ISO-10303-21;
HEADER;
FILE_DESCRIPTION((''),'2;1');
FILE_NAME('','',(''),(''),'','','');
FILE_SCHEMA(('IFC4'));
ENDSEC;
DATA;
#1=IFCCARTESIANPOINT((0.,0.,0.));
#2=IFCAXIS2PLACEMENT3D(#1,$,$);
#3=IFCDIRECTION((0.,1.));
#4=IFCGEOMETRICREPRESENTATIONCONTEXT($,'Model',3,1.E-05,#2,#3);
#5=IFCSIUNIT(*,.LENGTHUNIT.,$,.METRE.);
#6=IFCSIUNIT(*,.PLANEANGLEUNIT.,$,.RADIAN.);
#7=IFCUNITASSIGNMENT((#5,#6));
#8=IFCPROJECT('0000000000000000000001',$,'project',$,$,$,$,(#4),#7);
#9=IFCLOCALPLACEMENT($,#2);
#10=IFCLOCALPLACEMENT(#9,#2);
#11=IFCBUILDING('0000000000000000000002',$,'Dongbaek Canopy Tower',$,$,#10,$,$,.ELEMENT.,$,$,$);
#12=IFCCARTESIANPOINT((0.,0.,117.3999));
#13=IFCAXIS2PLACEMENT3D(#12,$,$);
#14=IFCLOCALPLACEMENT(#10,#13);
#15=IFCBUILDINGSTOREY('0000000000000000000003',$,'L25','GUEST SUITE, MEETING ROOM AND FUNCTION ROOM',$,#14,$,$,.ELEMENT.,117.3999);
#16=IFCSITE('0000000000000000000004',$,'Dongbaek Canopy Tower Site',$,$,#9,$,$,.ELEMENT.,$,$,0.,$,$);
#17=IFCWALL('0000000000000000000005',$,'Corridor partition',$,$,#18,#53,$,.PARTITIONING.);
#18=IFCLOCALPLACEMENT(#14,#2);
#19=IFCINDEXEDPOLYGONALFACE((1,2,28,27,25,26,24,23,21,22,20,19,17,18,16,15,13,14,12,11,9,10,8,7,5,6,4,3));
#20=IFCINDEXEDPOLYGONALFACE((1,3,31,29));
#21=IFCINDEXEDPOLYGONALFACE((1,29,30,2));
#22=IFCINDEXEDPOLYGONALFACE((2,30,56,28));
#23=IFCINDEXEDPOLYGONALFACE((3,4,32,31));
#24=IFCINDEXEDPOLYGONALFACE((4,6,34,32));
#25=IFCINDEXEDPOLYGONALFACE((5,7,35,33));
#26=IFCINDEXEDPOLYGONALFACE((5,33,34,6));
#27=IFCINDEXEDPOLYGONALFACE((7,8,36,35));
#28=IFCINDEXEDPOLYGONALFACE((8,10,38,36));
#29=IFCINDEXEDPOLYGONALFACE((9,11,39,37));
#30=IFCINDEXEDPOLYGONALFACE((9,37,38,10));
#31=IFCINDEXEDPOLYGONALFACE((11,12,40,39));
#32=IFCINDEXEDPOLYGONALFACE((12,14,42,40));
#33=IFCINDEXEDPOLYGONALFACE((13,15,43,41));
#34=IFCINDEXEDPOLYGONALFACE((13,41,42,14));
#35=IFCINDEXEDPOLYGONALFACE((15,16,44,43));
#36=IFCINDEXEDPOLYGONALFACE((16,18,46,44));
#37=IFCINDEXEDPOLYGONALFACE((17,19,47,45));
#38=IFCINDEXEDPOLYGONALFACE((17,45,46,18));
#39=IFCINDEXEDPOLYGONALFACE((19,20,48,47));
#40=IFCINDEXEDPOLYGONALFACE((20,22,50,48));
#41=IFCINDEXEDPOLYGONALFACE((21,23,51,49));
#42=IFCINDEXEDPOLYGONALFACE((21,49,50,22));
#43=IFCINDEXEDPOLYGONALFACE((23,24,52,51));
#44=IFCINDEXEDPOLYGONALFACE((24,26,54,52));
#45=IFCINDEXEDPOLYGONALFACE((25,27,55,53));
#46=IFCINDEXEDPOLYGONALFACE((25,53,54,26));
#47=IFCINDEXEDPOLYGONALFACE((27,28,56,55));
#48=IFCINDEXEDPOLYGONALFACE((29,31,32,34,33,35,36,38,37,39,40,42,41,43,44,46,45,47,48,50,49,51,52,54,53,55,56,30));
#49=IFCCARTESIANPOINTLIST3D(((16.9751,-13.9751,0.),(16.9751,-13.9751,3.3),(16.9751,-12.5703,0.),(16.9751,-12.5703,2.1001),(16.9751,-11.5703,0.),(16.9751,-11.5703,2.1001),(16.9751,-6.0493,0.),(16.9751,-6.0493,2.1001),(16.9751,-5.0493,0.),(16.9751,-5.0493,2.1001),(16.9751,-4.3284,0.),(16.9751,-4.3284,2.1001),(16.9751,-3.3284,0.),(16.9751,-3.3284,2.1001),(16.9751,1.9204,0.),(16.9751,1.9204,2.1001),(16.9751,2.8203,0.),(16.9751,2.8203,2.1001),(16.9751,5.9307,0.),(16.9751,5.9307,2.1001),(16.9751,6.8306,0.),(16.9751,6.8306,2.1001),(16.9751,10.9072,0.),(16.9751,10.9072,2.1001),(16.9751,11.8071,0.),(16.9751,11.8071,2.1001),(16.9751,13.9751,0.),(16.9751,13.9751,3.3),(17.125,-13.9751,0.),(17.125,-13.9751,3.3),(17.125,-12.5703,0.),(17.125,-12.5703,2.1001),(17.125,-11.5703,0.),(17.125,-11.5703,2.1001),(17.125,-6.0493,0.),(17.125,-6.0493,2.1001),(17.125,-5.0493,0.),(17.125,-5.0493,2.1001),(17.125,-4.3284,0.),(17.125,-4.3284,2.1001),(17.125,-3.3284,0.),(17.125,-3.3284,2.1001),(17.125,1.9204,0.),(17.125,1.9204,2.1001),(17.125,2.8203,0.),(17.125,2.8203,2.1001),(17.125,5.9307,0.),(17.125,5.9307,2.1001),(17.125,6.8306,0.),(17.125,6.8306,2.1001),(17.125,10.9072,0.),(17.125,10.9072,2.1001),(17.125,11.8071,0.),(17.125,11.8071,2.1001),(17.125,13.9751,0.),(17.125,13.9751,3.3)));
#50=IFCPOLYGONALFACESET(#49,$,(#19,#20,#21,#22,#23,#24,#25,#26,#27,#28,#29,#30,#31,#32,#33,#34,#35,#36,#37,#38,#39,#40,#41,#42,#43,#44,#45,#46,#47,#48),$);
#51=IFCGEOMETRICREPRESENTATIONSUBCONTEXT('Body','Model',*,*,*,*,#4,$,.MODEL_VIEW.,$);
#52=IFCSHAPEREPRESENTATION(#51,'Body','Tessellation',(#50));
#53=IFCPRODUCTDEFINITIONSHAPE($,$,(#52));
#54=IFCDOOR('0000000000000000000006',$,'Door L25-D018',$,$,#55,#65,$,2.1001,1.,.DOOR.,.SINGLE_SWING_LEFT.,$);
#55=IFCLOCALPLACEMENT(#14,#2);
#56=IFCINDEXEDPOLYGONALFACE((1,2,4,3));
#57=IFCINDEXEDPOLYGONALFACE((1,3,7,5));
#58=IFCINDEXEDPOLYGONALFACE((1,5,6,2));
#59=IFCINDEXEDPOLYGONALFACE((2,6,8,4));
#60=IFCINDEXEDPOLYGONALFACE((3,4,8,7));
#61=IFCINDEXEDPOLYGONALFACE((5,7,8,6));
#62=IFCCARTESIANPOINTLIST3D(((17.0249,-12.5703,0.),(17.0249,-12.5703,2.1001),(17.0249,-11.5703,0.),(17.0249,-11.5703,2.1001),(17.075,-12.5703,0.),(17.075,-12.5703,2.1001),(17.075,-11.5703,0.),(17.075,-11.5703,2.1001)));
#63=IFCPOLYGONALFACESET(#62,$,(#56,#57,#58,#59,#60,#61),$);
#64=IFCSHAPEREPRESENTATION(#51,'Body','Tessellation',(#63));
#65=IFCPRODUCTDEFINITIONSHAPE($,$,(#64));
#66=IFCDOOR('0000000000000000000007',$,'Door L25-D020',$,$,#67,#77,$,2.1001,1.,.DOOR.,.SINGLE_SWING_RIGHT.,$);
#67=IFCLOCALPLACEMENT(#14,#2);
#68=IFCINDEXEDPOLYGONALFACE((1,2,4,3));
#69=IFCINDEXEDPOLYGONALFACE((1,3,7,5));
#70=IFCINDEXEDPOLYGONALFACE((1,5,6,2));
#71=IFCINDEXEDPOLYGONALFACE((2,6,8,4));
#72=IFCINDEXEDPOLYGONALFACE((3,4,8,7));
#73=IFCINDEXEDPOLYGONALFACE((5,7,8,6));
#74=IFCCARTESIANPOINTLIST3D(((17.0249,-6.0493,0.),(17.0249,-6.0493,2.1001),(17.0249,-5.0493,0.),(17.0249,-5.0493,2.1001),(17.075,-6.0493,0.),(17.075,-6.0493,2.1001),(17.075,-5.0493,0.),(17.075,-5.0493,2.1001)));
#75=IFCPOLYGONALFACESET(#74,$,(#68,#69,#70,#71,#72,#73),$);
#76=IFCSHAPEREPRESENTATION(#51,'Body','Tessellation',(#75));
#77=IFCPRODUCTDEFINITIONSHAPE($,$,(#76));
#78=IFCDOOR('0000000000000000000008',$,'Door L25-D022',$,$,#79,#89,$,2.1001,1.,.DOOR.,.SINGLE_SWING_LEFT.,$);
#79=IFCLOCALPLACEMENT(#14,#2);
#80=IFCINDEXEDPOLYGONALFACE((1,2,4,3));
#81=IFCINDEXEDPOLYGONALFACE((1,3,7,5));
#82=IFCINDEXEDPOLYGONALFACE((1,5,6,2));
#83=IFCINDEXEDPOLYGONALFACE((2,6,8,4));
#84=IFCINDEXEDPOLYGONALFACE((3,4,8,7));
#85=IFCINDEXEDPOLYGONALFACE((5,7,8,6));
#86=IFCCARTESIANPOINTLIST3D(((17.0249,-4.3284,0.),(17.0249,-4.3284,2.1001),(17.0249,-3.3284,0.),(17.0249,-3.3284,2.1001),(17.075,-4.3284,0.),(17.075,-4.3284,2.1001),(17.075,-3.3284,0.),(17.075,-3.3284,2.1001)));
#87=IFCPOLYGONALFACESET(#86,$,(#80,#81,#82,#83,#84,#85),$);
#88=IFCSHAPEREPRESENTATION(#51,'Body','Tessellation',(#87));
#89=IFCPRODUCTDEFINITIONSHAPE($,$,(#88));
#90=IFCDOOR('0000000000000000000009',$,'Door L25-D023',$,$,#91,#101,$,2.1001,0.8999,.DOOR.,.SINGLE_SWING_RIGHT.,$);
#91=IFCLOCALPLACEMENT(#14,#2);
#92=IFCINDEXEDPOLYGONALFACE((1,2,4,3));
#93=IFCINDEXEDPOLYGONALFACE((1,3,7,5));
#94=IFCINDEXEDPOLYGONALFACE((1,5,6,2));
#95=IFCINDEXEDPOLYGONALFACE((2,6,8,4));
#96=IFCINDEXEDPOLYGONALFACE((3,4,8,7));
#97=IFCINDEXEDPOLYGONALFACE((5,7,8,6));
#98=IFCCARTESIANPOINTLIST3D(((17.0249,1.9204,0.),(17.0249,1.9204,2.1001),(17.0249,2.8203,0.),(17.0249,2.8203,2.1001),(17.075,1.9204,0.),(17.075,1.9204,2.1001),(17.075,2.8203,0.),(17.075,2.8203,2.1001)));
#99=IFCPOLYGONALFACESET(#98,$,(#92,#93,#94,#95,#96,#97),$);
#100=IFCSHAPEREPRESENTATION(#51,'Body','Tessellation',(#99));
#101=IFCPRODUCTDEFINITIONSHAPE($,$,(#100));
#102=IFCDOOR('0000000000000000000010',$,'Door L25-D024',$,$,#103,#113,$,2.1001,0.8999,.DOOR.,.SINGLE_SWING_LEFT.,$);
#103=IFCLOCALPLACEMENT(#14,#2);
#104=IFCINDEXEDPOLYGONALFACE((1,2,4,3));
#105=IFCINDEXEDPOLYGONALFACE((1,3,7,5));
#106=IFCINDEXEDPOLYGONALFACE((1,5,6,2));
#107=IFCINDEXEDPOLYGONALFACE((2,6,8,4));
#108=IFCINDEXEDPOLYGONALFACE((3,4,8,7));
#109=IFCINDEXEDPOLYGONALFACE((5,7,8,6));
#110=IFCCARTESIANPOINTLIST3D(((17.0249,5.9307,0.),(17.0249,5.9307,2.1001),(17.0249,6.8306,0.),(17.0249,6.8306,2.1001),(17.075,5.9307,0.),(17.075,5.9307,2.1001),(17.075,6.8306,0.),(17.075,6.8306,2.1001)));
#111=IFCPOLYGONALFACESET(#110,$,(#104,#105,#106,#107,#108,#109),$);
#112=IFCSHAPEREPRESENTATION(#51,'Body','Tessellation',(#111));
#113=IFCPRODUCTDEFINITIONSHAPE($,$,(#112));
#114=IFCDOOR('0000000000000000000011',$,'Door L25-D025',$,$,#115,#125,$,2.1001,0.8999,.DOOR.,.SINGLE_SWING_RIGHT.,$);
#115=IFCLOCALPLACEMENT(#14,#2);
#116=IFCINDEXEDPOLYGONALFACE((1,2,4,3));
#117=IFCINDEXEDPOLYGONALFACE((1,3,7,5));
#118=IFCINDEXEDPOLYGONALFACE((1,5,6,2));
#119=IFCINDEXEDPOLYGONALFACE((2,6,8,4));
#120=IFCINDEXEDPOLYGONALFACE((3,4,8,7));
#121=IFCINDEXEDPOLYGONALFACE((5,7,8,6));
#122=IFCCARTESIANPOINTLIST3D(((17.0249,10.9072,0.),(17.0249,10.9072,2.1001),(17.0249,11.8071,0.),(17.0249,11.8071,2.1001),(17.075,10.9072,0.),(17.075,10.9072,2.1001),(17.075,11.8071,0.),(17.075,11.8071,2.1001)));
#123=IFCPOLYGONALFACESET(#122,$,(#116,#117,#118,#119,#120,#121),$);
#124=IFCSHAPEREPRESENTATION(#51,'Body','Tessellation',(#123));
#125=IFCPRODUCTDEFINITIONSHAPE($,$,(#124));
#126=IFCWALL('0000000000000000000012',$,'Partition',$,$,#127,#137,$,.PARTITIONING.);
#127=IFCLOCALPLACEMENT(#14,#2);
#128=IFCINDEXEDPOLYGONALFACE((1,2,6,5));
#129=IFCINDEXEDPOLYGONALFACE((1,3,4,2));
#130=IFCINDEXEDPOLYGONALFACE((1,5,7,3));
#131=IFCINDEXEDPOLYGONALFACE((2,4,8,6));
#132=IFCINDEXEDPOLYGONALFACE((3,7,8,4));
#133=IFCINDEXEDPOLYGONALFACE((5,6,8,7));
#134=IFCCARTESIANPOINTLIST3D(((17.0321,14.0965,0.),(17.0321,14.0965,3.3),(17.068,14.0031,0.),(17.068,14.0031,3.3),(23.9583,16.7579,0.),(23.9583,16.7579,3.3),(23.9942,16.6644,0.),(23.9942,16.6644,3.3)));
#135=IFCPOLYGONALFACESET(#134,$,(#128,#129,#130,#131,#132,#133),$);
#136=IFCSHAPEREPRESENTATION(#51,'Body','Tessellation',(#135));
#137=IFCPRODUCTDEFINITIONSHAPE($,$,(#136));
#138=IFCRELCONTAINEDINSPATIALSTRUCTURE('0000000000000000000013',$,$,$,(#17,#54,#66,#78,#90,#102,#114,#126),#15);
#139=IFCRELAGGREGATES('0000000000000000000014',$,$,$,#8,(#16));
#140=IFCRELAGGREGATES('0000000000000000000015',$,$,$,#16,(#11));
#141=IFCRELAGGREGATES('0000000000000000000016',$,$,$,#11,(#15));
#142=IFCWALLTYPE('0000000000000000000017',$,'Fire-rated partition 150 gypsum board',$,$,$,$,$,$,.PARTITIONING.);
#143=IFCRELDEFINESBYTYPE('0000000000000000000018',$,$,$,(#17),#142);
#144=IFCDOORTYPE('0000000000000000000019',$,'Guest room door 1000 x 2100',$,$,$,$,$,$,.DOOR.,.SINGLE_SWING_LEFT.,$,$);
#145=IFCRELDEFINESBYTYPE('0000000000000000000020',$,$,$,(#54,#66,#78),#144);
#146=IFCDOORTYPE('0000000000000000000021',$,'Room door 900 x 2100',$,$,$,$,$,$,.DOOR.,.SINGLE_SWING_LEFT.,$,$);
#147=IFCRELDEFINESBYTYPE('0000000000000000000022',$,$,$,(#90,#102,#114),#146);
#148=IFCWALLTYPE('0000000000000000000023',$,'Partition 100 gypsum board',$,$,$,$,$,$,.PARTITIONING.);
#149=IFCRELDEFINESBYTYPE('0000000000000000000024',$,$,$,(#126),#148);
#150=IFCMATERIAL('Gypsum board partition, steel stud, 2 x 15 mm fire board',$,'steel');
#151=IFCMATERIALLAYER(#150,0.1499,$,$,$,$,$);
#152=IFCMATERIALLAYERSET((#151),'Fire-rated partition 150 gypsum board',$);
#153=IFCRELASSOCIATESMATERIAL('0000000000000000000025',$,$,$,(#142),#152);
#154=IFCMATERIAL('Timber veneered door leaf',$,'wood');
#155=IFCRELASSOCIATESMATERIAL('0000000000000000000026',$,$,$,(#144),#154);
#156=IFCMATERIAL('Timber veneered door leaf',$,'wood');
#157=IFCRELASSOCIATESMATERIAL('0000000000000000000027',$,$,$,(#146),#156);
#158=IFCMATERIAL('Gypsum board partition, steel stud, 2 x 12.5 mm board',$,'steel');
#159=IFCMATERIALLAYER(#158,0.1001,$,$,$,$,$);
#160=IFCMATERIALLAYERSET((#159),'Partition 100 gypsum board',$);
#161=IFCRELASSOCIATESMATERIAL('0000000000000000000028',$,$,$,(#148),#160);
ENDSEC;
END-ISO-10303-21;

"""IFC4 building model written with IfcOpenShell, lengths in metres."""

from ifc_helpers import new_model, si_unit, direction, frame, frame_2d, origin, place, context, subcontext, project, spatial, rectangle, extrude, material, layer, layer_set, type_object, element, fill, save


model = new_model("IFC4")

# Units and contexts
model_context = context("Model", 3, precision=1e-05, world=origin(), true_north=direction((0.0, 1.0)))
body_context = subcontext(model_context, "Body", "Model", "MODEL_VIEW")
ifc_project = project(units=[si_unit("LENGTHUNIT", "METRE"), si_unit("PLANEANGLEUNIT", "RADIAN")], contexts=[model_context])

# Site, building, storey
site_placement = place(None, origin())
site = spatial("IfcSite", under=ifc_project, at=site_placement, Name="Dongbaek Canopy Tower Site", CompositionType="ELEMENT", RefElevation=0.0)
building_placement = place(site_placement, origin())
building = spatial("IfcBuilding", under=site, at=building_placement, Name="Dongbaek Canopy Tower", CompositionType="ELEMENT")
storey_placement = place(building_placement, frame((0.0, 0.0, 117.3999)))
storey = spatial("IfcBuildingStorey", under=building, at=storey_placement, Name="L25", Description="GUEST SUITE, MEETING ROOM AND FUNCTION ROOM", CompositionType="ELEMENT", Elevation=117.3999)

# Wall, openings, doors
ifc_material_1 = material(Name="Gypsum board partition, steel stud, 2 x 15 mm fire board", Category="steel")
ifc_layer_1 = layer(ifc_material_1, 0.1499)
ifc_layer_set_1 = layer_set([ifc_layer_1], Name="Fire-rated partition 150 gypsum board")
wall_type_1 = type_object("IfcWallType", Name="Fire-rated partition 150 gypsum board", PredefinedType="PARTITIONING", material=ifc_layer_set_1)
wall_1_placement = place(storey_placement, frame((17.05, 13.9751, 0.0), z_axis=(0.0, 0.0, 1.0), x_axis=(0.0, -1.0, 0.0)))
wall_1 = element("IfcWall", 1, at=wall_1_placement, inside=storey, type_object=wall_type_1, Name="Corridor partition", PredefinedType="PARTITIONING", context=body_context, shape_type="SweptSolid", body=[
    extrude(rectangle(XDim=27.9502, YDim=0.1499, at=frame_2d((13.9751, 0.0))), origin(), (0.0, 0.0, 1.0), 3.3),
])
opening_1_placement = place(wall_1_placement, frame((25.5454, 0.0, 0.0)))
opening_1 = element("IfcOpeningElement", 2, at=opening_1_placement, cuts=wall_1, PredefinedType="OPENING", context=body_context, shape_type="SweptSolid", body=[
    extrude(rectangle(XDim=1.0, YDim=2.1001, at=frame_2d((0.5, 1.05))), frame((0.0, 0.085, 0.0), z_axis=(0.0, -1.0, 0.0), x_axis=(1.0, 0.0, 0.0)), (0.0, 0.0, 1.0), 0.1699),
])
opening_2_placement = place(wall_1_placement, frame((19.0244, 0.0, 0.0)))
opening_2 = element("IfcOpeningElement", 3, at=opening_2_placement, cuts=wall_1, PredefinedType="OPENING", context=body_context, shape_type="SweptSolid", body=[
    extrude(rectangle(XDim=1.0, YDim=2.1001, at=frame_2d((0.5, 1.05))), frame((0.0, 0.085, 0.0), z_axis=(0.0, -1.0, 0.0), x_axis=(1.0, 0.0, 0.0)), (0.0, 0.0, 1.0), 0.1699),
])
opening_3_placement = place(wall_1_placement, frame((17.3035, 0.0, 0.0)))
opening_3 = element("IfcOpeningElement", 4, at=opening_3_placement, cuts=wall_1, PredefinedType="OPENING", context=body_context, shape_type="SweptSolid", body=[
    extrude(rectangle(XDim=1.0, YDim=2.1001, at=frame_2d((0.5, 1.05))), frame((0.0, 0.085, 0.0), z_axis=(0.0, -1.0, 0.0), x_axis=(1.0, 0.0, 0.0)), (0.0, 0.0, 1.0), 0.1699),
])
opening_4_placement = place(wall_1_placement, frame((11.1548, 0.0, 0.0)))
opening_4 = element("IfcOpeningElement", 5, at=opening_4_placement, cuts=wall_1, PredefinedType="OPENING", context=body_context, shape_type="SweptSolid", body=[
    extrude(rectangle(XDim=0.8999, YDim=2.1001, at=frame_2d((0.45, 1.05))), frame((0.0, 0.085, 0.0), z_axis=(0.0, -1.0, 0.0), x_axis=(1.0, 0.0, 0.0)), (0.0, 0.0, 1.0), 0.1699),
])
opening_5_placement = place(wall_1_placement, frame((7.1445, 0.0, 0.0)))
opening_5 = element("IfcOpeningElement", 6, at=opening_5_placement, cuts=wall_1, PredefinedType="OPENING", context=body_context, shape_type="SweptSolid", body=[
    extrude(rectangle(XDim=0.8999, YDim=2.1001, at=frame_2d((0.45, 1.05))), frame((0.0, 0.085, 0.0), z_axis=(0.0, -1.0, 0.0), x_axis=(1.0, 0.0, 0.0)), (0.0, 0.0, 1.0), 0.1699),
])
opening_6_placement = place(wall_1_placement, frame((2.168, 0.0, 0.0)))
opening_6 = element("IfcOpeningElement", 7, at=opening_6_placement, cuts=wall_1, PredefinedType="OPENING", context=body_context, shape_type="SweptSolid", body=[
    extrude(rectangle(XDim=0.8999, YDim=2.1001, at=frame_2d((0.45, 1.05))), frame((0.0, 0.085, 0.0), z_axis=(0.0, -1.0, 0.0), x_axis=(1.0, 0.0, 0.0)), (0.0, 0.0, 1.0), 0.1699),
])
ifc_material_2 = material(Name="Timber veneered door leaf", Category="wood")
door_type_1 = type_object("IfcDoorType", Name="Guest room door 1000 x 2100", OperationType="SINGLE_SWING_LEFT", PredefinedType="DOOR", material=ifc_material_2)
door_1_placement = place(opening_1_placement, origin())
door_1 = element("IfcDoor", 8, at=door_1_placement, inside=storey, type_object=door_type_1, Name="Door L25-D018", OperationType="SINGLE_SWING_LEFT", OverallHeight=2.1001, OverallWidth=1.0, PredefinedType="DOOR", context=body_context, shape_type="SweptSolid", body=[
    extrude(rectangle(XDim=1.0, YDim=2.1001, at=frame_2d((0.5, 1.05))), frame((0.0, 0.0249, 0.0), z_axis=(0.0, -1.0, 0.0), x_axis=(1.0, 0.0, 0.0)), (0.0, 0.0, 1.0), 0.05),
])
fill(opening_1, door_1)
door_2_placement = place(opening_2_placement, origin())
door_2 = element("IfcDoor", 9, at=door_2_placement, inside=storey, type_object=door_type_1, Name="Door L25-D020", OperationType="SINGLE_SWING_RIGHT", OverallHeight=2.1001, OverallWidth=1.0, PredefinedType="DOOR", context=body_context, shape_type="SweptSolid", body=[
    extrude(rectangle(XDim=1.0, YDim=2.1001, at=frame_2d((0.5, 1.05))), frame((0.0, 0.0249, 0.0), z_axis=(0.0, -1.0, 0.0), x_axis=(1.0, 0.0, 0.0)), (0.0, 0.0, 1.0), 0.05),
])
fill(opening_2, door_2)
door_3_placement = place(opening_3_placement, origin())
door_3 = element("IfcDoor", 10, at=door_3_placement, inside=storey, type_object=door_type_1, Name="Door L25-D022", OperationType="SINGLE_SWING_LEFT", OverallHeight=2.1001, OverallWidth=1.0, PredefinedType="DOOR", context=body_context, shape_type="SweptSolid", body=[
    extrude(rectangle(XDim=1.0, YDim=2.1001, at=frame_2d((0.5, 1.05))), frame((0.0, 0.0249, 0.0), z_axis=(0.0, -1.0, 0.0), x_axis=(1.0, 0.0, 0.0)), (0.0, 0.0, 1.0), 0.05),
])
fill(opening_3, door_3)
ifc_material_3 = material(Name="Timber veneered door leaf", Category="wood")
door_type_2 = type_object("IfcDoorType", Name="Room door 900 x 2100", OperationType="SINGLE_SWING_LEFT", PredefinedType="DOOR", material=ifc_material_3)
door_4_placement = place(opening_4_placement, origin())
door_4 = element("IfcDoor", 11, at=door_4_placement, inside=storey, type_object=door_type_2, Name="Door L25-D023", OperationType="SINGLE_SWING_RIGHT", OverallHeight=2.1001, OverallWidth=0.8999, PredefinedType="DOOR", context=body_context, shape_type="SweptSolid", body=[
    extrude(rectangle(XDim=0.8999, YDim=2.1001, at=frame_2d((0.45, 1.05))), frame((0.0, 0.0249, 0.0), z_axis=(0.0, -1.0, 0.0), x_axis=(1.0, 0.0, 0.0)), (0.0, 0.0, 1.0), 0.05),
])
fill(opening_4, door_4)
door_5_placement = place(opening_5_placement, origin())
door_5 = element("IfcDoor", 12, at=door_5_placement, inside=storey, type_object=door_type_2, Name="Door L25-D024", OperationType="SINGLE_SWING_LEFT", OverallHeight=2.1001, OverallWidth=0.8999, PredefinedType="DOOR", context=body_context, shape_type="SweptSolid", body=[
    extrude(rectangle(XDim=0.8999, YDim=2.1001, at=frame_2d((0.45, 1.05))), frame((0.0, 0.0249, 0.0), z_axis=(0.0, -1.0, 0.0), x_axis=(1.0, 0.0, 0.0)), (0.0, 0.0, 1.0), 0.05),
])
fill(opening_5, door_5)
door_6_placement = place(opening_6_placement, origin())
door_6 = element("IfcDoor", 13, at=door_6_placement, inside=storey, type_object=door_type_2, Name="Door L25-D025", OperationType="SINGLE_SWING_RIGHT", OverallHeight=2.1001, OverallWidth=0.8999, PredefinedType="DOOR", context=body_context, shape_type="SweptSolid", body=[
    extrude(rectangle(XDim=0.8999, YDim=2.1001, at=frame_2d((0.45, 1.05))), frame((0.0, 0.0249, 0.0), z_axis=(0.0, -1.0, 0.0), x_axis=(1.0, 0.0, 0.0)), (0.0, 0.0, 1.0), 0.05),
])
fill(opening_6, door_6)

# Wall
ifc_material_4 = material(Name="Gypsum board partition, steel stud, 2 x 12.5 mm board", Category="steel")
ifc_layer_2 = layer(ifc_material_4, 0.1001)
ifc_layer_set_2 = layer_set([ifc_layer_2], Name="Partition 100 gypsum board")
wall_type_2 = type_object("IfcWallType", Name="Partition 100 gypsum board", PredefinedType="PARTITIONING", material=ifc_layer_set_2)
wall_2_placement = place(storey_placement, frame((17.05, 14.0498, 0.0), z_axis=(0.0, 0.0, 1.0), x_axis=(0.933462, 0.358677, 0.0)))
element("IfcWall", 14, at=wall_2_placement, inside=storey, type_object=wall_type_2, Name="Partition", PredefinedType="PARTITIONING", context=body_context, shape_type="SweptSolid", body=[
    extrude(rectangle(XDim=7.4199, YDim=0.1001, at=frame_2d((3.71, 0.0))), origin(), (0.0, 0.0, 1.0), 3.3),
])

save(model, "model.ifc")
